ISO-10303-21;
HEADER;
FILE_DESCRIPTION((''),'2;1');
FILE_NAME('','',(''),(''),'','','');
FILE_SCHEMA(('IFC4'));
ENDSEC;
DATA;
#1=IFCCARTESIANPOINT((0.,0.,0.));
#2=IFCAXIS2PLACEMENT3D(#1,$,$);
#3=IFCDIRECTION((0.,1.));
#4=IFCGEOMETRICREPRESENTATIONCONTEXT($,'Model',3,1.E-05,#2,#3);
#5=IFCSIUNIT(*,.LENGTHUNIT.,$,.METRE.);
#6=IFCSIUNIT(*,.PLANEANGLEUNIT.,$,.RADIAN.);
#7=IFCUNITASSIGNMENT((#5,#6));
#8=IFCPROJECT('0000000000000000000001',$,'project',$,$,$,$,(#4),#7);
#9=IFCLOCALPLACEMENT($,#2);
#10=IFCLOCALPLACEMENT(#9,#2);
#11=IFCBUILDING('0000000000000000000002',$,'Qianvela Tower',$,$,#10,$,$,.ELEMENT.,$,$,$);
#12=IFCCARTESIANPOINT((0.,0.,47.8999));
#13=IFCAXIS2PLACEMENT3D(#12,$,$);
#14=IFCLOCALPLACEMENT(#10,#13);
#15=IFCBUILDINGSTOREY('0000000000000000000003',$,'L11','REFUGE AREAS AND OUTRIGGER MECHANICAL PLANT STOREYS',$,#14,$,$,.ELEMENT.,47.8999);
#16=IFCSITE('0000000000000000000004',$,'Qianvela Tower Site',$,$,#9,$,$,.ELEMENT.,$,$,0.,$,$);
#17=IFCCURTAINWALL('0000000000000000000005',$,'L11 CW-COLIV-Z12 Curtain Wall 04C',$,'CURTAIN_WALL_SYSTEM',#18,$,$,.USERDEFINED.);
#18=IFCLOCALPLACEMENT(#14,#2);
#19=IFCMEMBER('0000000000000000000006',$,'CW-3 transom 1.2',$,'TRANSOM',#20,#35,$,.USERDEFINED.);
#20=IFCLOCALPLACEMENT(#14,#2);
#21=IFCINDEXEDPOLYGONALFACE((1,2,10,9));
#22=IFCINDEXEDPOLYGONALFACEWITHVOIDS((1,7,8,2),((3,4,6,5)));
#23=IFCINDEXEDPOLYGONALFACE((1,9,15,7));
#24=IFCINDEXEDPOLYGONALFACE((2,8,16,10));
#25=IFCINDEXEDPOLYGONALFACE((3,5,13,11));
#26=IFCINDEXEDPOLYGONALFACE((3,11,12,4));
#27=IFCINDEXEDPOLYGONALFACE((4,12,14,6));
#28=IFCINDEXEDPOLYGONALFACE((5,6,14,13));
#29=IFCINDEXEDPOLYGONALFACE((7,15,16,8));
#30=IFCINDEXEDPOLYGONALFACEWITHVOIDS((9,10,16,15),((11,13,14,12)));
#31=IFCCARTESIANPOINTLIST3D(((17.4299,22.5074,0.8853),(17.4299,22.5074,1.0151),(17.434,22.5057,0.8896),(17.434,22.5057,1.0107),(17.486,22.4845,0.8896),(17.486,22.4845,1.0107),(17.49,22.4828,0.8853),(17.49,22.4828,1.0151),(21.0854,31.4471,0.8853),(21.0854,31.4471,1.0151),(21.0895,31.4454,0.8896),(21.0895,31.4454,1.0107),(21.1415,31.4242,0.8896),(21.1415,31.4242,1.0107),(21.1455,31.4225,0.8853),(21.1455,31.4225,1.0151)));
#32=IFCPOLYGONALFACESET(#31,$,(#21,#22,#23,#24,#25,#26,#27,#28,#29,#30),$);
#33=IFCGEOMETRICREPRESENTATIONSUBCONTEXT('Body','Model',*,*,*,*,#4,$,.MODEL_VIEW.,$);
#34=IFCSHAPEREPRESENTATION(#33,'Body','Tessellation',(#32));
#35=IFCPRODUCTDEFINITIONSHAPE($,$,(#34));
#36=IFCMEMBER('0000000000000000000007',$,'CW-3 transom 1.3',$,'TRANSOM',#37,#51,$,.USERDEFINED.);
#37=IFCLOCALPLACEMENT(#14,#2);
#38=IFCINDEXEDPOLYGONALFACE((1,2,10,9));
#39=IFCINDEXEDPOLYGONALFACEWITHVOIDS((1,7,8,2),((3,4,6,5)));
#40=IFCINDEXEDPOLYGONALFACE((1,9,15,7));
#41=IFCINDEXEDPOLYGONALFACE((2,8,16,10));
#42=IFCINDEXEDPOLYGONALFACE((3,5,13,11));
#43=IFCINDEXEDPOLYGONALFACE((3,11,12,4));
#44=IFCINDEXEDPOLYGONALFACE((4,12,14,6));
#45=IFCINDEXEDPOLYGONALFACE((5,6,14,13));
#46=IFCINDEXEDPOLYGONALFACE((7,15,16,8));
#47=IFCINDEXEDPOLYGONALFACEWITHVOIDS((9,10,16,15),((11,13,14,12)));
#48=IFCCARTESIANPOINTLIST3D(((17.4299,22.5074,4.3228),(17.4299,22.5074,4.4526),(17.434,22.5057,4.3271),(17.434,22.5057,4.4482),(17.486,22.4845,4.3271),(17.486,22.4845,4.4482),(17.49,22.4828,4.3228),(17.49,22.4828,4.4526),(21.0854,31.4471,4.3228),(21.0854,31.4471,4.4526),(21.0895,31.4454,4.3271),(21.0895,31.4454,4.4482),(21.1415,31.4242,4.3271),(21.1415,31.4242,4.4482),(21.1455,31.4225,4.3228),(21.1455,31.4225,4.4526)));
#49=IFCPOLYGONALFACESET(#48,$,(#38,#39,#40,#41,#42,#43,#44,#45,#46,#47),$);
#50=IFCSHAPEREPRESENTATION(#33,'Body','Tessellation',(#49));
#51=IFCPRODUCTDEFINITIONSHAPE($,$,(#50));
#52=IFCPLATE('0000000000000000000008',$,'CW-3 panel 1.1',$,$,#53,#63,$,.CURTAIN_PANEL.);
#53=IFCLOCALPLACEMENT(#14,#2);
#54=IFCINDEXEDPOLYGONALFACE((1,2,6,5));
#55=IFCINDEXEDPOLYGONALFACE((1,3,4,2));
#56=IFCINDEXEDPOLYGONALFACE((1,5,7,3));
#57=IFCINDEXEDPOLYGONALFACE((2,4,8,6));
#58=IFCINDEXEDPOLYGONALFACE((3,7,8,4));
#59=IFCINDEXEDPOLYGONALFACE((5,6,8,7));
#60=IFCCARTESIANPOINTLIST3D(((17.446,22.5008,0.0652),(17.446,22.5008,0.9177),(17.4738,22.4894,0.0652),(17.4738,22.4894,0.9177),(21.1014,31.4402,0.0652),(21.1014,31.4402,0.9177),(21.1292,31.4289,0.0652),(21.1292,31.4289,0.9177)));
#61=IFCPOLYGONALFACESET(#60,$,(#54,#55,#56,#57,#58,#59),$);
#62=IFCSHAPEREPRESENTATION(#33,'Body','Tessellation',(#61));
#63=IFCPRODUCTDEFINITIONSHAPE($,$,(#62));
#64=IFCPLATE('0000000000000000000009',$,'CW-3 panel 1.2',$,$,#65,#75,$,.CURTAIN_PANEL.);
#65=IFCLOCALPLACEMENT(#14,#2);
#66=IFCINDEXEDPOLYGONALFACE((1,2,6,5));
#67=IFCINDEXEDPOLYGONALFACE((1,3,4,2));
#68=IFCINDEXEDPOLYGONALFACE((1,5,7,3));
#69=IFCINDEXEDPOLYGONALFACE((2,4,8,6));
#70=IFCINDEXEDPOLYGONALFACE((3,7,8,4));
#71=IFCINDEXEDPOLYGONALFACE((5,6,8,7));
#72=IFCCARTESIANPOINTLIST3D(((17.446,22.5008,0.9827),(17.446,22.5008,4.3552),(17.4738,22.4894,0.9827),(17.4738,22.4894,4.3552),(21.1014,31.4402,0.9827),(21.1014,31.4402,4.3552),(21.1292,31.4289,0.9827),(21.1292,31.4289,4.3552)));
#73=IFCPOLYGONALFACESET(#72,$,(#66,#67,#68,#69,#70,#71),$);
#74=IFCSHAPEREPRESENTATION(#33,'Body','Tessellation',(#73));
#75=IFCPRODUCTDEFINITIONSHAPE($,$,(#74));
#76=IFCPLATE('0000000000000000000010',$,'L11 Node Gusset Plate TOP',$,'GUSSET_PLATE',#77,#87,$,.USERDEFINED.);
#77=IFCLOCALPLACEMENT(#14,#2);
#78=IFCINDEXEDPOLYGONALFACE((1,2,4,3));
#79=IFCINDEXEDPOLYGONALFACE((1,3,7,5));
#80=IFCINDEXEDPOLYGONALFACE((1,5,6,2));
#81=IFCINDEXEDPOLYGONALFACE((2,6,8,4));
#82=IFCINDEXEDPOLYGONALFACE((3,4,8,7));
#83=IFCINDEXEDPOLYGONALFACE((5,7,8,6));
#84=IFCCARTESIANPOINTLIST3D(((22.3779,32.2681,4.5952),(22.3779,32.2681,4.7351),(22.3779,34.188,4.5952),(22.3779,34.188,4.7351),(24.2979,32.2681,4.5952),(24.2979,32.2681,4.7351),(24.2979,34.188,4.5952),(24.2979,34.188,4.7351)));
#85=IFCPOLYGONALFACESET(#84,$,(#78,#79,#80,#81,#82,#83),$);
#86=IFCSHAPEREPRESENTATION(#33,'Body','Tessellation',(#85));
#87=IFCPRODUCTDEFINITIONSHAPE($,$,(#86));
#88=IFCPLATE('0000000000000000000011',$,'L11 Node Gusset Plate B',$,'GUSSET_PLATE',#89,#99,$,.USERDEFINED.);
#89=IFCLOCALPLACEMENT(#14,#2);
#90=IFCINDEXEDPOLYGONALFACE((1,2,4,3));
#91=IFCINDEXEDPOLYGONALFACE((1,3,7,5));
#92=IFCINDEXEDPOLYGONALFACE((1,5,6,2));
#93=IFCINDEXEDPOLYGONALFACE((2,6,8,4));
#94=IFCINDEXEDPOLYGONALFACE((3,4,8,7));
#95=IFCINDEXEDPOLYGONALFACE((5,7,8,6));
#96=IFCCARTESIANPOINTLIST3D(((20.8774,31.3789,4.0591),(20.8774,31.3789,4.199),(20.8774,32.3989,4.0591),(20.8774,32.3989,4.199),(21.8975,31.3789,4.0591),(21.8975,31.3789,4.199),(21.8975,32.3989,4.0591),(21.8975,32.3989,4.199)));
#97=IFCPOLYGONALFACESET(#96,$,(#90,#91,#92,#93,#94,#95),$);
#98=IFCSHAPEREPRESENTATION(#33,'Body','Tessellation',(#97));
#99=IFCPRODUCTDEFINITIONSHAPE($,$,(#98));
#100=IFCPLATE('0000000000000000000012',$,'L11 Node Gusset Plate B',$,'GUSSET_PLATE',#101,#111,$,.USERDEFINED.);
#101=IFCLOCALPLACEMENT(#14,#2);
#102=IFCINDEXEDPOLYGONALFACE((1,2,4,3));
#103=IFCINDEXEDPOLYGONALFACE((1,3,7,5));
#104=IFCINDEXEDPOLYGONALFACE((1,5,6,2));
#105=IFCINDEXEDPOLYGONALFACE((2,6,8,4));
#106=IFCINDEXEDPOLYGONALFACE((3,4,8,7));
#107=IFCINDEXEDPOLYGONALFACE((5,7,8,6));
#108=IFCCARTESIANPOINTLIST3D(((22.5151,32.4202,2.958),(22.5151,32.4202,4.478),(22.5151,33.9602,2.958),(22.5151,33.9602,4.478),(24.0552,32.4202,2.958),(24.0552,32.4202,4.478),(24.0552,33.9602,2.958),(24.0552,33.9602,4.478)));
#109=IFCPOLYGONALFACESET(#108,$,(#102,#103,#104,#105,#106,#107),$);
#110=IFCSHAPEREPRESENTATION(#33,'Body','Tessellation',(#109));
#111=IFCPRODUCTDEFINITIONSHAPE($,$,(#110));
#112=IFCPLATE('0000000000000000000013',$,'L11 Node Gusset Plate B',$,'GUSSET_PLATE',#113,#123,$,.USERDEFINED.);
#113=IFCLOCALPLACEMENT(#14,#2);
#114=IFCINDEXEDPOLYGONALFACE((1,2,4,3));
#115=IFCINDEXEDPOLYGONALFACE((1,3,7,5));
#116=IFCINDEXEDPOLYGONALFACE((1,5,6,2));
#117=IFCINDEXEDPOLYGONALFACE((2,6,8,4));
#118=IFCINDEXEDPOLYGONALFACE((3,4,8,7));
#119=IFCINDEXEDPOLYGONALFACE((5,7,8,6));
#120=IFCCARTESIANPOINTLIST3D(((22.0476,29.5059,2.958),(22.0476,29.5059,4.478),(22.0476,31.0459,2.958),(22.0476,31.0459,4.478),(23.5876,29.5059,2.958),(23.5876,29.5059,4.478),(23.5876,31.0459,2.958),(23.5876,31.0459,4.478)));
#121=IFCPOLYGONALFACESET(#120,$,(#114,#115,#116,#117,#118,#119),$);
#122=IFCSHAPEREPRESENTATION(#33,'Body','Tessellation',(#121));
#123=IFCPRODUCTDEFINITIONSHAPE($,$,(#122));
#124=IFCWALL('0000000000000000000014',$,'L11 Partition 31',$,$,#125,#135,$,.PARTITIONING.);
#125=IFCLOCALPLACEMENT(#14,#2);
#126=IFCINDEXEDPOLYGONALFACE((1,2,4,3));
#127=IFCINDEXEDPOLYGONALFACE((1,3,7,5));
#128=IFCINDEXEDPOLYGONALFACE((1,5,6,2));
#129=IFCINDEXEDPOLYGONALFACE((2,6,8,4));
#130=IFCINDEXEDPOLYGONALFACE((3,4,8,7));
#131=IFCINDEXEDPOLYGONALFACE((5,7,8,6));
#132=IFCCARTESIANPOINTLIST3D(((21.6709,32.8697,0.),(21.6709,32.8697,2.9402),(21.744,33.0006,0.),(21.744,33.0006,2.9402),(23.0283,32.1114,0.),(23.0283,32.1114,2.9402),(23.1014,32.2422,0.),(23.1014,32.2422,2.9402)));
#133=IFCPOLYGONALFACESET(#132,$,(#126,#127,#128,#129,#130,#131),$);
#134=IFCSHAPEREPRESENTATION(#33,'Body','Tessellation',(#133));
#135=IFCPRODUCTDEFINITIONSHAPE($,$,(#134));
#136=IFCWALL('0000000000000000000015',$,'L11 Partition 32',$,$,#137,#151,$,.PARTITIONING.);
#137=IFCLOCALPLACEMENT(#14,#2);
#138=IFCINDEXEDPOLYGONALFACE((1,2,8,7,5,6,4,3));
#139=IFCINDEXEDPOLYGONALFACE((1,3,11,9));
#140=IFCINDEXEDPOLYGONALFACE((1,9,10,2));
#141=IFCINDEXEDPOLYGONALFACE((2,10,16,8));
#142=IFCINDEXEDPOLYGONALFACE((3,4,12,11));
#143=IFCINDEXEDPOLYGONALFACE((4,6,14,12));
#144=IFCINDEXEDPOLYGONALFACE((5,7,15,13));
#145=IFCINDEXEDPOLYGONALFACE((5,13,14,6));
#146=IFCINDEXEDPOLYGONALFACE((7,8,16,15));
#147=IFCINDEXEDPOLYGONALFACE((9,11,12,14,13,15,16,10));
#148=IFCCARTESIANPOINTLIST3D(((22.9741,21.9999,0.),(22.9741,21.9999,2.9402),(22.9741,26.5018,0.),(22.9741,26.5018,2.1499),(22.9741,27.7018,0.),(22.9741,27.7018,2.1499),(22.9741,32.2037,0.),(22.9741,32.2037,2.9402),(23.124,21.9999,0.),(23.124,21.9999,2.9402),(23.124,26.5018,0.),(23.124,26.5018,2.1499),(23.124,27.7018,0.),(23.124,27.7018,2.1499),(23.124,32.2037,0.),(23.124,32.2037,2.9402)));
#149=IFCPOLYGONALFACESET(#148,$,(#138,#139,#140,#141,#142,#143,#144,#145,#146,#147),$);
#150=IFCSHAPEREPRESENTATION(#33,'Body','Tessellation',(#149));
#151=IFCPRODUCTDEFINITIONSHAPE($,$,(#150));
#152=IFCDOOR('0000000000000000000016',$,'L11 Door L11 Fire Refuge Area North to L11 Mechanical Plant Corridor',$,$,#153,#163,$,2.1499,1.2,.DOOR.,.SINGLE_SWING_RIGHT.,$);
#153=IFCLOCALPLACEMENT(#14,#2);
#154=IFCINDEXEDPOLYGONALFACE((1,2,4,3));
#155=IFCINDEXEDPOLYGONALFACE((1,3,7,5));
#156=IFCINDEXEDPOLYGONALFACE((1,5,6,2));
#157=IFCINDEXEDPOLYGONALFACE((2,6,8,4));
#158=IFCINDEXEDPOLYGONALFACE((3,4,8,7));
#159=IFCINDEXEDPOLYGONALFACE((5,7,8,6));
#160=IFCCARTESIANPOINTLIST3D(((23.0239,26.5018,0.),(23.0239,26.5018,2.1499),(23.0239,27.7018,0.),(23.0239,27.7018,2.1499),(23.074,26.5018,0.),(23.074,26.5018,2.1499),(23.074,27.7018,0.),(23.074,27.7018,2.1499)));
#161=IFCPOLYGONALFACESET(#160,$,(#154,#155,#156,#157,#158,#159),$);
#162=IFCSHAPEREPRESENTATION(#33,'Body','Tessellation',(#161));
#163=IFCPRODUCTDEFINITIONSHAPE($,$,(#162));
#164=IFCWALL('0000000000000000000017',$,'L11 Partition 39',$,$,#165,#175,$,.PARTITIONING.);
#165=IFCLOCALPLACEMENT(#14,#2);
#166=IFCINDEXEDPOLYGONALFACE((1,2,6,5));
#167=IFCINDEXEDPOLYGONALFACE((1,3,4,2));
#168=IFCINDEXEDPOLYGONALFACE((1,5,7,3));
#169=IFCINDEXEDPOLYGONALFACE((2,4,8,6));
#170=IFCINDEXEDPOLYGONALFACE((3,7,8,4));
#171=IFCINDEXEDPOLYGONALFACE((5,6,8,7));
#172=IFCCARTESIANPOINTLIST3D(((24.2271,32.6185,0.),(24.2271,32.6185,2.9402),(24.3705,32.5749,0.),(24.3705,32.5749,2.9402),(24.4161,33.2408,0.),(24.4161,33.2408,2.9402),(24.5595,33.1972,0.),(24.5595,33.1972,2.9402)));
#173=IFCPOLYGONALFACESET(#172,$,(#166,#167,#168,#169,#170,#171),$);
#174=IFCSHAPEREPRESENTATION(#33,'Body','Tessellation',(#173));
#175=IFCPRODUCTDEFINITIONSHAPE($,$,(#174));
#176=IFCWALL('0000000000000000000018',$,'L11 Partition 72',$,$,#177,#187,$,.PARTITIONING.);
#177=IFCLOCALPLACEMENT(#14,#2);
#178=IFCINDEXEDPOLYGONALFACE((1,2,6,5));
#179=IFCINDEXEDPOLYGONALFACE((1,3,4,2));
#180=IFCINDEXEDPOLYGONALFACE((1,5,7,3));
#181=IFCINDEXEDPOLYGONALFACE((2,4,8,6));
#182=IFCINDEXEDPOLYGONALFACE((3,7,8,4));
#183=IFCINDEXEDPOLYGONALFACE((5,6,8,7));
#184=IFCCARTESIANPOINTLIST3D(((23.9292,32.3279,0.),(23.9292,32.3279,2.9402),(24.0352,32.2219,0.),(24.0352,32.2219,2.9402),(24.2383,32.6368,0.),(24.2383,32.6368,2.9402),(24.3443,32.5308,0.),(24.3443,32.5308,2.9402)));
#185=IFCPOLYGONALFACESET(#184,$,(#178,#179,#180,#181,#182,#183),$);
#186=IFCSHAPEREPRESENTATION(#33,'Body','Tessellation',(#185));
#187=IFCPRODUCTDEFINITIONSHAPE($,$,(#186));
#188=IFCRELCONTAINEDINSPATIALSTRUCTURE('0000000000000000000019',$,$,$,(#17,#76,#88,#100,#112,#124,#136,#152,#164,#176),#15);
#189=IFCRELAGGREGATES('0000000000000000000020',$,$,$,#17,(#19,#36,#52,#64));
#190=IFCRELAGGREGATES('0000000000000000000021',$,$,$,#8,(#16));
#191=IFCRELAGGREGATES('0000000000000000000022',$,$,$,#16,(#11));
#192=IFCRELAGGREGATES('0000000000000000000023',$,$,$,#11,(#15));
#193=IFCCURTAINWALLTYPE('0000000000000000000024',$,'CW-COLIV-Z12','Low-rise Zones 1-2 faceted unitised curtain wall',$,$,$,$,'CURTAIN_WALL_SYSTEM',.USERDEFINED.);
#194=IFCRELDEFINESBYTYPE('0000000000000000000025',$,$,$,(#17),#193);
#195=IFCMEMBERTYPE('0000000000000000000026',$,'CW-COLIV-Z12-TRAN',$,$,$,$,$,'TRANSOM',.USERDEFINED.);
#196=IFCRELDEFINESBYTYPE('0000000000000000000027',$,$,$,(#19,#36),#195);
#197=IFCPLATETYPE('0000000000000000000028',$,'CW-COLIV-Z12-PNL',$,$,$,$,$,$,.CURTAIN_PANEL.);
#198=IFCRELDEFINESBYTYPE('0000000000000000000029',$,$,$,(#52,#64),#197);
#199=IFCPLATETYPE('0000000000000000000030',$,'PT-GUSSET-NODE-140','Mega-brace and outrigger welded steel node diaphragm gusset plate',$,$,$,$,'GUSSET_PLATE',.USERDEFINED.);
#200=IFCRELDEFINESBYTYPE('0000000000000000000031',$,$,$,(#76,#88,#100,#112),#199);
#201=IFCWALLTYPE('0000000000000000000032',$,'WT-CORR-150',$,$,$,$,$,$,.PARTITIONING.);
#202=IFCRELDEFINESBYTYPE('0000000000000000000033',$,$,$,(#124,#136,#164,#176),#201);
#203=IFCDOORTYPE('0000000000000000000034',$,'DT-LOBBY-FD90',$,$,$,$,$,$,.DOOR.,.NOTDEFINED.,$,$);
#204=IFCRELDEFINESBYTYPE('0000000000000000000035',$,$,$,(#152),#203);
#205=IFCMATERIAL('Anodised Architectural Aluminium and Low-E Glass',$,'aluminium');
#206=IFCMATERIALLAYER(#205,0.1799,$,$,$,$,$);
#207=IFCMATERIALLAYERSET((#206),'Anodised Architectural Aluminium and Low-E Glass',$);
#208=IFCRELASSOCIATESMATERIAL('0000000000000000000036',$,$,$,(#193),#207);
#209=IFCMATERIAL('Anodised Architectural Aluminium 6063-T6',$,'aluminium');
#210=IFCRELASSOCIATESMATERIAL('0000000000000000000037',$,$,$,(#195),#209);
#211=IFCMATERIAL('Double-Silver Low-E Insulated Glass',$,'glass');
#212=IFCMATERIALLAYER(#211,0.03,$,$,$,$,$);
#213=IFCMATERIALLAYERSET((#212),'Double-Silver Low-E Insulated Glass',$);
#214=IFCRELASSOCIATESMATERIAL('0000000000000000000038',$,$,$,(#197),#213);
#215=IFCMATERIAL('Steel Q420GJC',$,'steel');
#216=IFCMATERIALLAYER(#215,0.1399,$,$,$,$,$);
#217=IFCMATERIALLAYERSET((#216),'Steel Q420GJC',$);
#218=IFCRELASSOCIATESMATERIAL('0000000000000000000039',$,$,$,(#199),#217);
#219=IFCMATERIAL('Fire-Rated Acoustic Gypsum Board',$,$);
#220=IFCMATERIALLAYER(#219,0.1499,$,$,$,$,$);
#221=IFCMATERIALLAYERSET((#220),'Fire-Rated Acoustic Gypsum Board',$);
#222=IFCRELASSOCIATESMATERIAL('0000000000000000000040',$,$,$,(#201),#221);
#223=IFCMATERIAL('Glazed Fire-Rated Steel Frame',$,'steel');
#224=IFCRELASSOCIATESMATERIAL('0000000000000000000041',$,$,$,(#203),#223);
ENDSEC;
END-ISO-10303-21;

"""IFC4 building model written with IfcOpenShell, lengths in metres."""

from ifc_helpers import new_model, si_unit, direction, frame, frame_2d, origin, origin_2d, place, context, subcontext, project, spatial, rectangle, hollow_rectangle, extrude, material, layer, layer_set, material_profile, profile_set, type_object, element, fill, aggregate, save


model = new_model("IFC4")

# Units and contexts
model_context = context("Model", 3, precision=1e-05, world=origin(), true_north=direction((0.0, 1.0)))
body_context = subcontext(model_context, "Body", "Model", "MODEL_VIEW")
ifc_project = project(units=[si_unit("LENGTHUNIT", "METRE"), si_unit("PLANEANGLEUNIT", "RADIAN")], contexts=[model_context])

# Site, building, storey
site_placement = place(None, origin())
site = spatial("IfcSite", under=ifc_project, at=site_placement, Name="Qianvela Tower Site", CompositionType="ELEMENT", RefElevation=0.0)
building_placement = place(site_placement, origin())
building = spatial("IfcBuilding", under=site, at=building_placement, Name="Qianvela Tower", CompositionType="ELEMENT")
storey_placement = place(building_placement, frame((0.0, 0.0, 47.8999)))
storey = spatial("IfcBuildingStorey", under=building, at=storey_placement, Name="L11", Description="REFUGE AREAS AND OUTRIGGER MECHANICAL PLANT STOREYS", CompositionType="ELEMENT", Elevation=47.8999)

# Curtain wall, members, plates
ifc_material_1 = material(Name="Anodised Architectural Aluminium and Low-E Glass", Category="aluminium")
ifc_layer_1 = layer(ifc_material_1, 0.1799)
ifc_layer_set_1 = layer_set([ifc_layer_1], Name="Anodised Architectural Aluminium and Low-E Glass")
curtain_wall_type_1 = type_object("IfcCurtainWallType", Name="CW-COLIV-Z12", Description="Low-rise Zones 1-2 faceted unitised curtain wall", ElementType="CURTAIN_WALL_SYSTEM", PredefinedType="USERDEFINED", material=ifc_layer_set_1)
curtain_wall_1_placement = place(storey_placement, origin())
curtain_wall_1 = element("IfcCurtainWall", 1, at=curtain_wall_1_placement, inside=storey, type_object=curtain_wall_type_1, Name="L11 CW-COLIV-Z12 Curtain Wall 04C", ObjectType="CURTAIN_WALL_SYSTEM", PredefinedType="USERDEFINED")
ifc_material_2 = material(Name="Anodised Architectural Aluminium 6063-T6", Category="aluminium")
ifc_material_profile_1 = material_profile(ifc_material_2, hollow_rectangle(XDim=0.0649, YDim=0.1299, WallThickness=0.0044, at=origin_2d()), Name="ALU-TRAN-65x130")
ifc_profile_set_1 = profile_set([ifc_material_profile_1], Name="Anodised Architectural Aluminium 6063-T6")
member_type_1 = type_object("IfcMemberType", Name="CW-COLIV-Z12-TRAN", ElementType="TRANSOM", PredefinedType="USERDEFINED", material=ifc_profile_set_1)
member_1_placement = place(storey_placement, frame((21.1155, 31.4348, 0.9502), z_axis=(-0.378488, -0.925606, 0.0), x_axis=(0.925606, -0.378488, 0.0)))
member_1 = element("IfcMember", 2, at=member_1_placement, type_object=member_type_1, Name="CW-3 transom 1.2", ObjectType="TRANSOM", PredefinedType="USERDEFINED", context=body_context, shape_type="SweptSolid", body=[
    extrude(hollow_rectangle(XDim=0.0649, YDim=0.1299, WallThickness=0.0044, at=origin_2d()), origin(), (0.0, 0.0, 1.0), 9.6582),
])
member_2_placement = place(storey_placement, frame((21.1155, 31.4348, 4.3877), z_axis=(-0.378488, -0.925606, 0.0), x_axis=(0.925606, -0.378488, 0.0)))
member_2 = element("IfcMember", 3, at=member_2_placement, type_object=member_type_1, Name="CW-3 transom 1.3", ObjectType="TRANSOM", PredefinedType="USERDEFINED", context=body_context, shape_type="SweptSolid", body=[
    extrude(hollow_rectangle(XDim=0.0649, YDim=0.1299, WallThickness=0.0044, at=origin_2d()), origin(), (0.0, 0.0, 1.0), 9.6582),
])
ifc_material_3 = material(Name="Double-Silver Low-E Insulated Glass", Category="glass")
ifc_layer_2 = layer(ifc_material_3, 0.03)
ifc_layer_set_2 = layer_set([ifc_layer_2], Name="Double-Silver Low-E Insulated Glass")
plate_type_1 = type_object("IfcPlateType", Name="CW-COLIV-Z12-PNL", PredefinedType="CURTAIN_PANEL", material=ifc_layer_set_2)
plate_1_placement = place(storey_placement, frame((19.2876, 26.9648, 0.0652), z_axis=(0.0, 0.0, 1.0), x_axis=(-0.378494, -0.925604, 0.0)))
plate_1 = element("IfcPlate", 4, at=plate_1_placement, type_object=plate_type_1, Name="CW-3 panel 1.1", PredefinedType="CURTAIN_PANEL", context=body_context, shape_type="SweptSolid", body=[
    extrude(rectangle(XDim=9.658, YDim=0.03, at=origin_2d()), origin(), (0.0, 0.0, 1.0), 0.8525),
])
plate_2_placement = place(storey_placement, frame((19.2876, 26.9648, 0.9827), z_axis=(0.0, 0.0, 1.0), x_axis=(-0.378494, -0.925604, 0.0)))
plate_2 = element("IfcPlate", 5, at=plate_2_placement, type_object=plate_type_1, Name="CW-3 panel 1.2", PredefinedType="CURTAIN_PANEL", context=body_context, shape_type="SweptSolid", body=[
    extrude(rectangle(XDim=9.658, YDim=0.03, at=origin_2d()), origin(), (0.0, 0.0, 1.0), 3.3726),
])
aggregate(curtain_wall_1, [member_1, member_2, plate_1, plate_2])

# Plates
ifc_material_4 = material(Name="Steel Q420GJC", Category="steel")
ifc_layer_3 = layer(ifc_material_4, 0.1399)
ifc_layer_set_3 = layer_set([ifc_layer_3], Name="Steel Q420GJC")
plate_type_2 = type_object("IfcPlateType", Name="PT-GUSSET-NODE-140", Description="Mega-brace and outrigger welded steel node diaphragm gusset plate", ElementType="GUSSET_PLATE", PredefinedType="USERDEFINED", material=ifc_layer_set_3)
plate_3_placement = place(storey_placement, frame((23.3379, 33.228, 4.5952), z_axis=(0.0, 0.0, 1.0), x_axis=(1.0, 0.0, 0.0)))
element("IfcPlate", 6, at=plate_3_placement, inside=storey, type_object=plate_type_2, Name="L11 Node Gusset Plate TOP", ObjectType="GUSSET_PLATE", PredefinedType="USERDEFINED", context=body_context, shape_type="SweptSolid", body=[
    extrude(rectangle(XDim=1.9199, YDim=1.9199, at=origin_2d()), origin(), (0.0, 0.0, 1.0), 0.1399),
])
plate_4_placement = place(storey_placement, frame((21.3875, 31.8889, 4.0591), z_axis=(0.0, 0.0, 1.0), x_axis=(1.0, 0.0, 0.0)))
element("IfcPlate", 7, at=plate_4_placement, inside=storey, type_object=plate_type_2, Name="L11 Node Gusset Plate B", ObjectType="GUSSET_PLATE", PredefinedType="USERDEFINED", context=body_context, shape_type="SweptSolid", body=[
    extrude(rectangle(XDim=1.02, YDim=1.02, at=origin_2d()), origin(), (0.0, 0.0, 1.0), 0.1399),
])
for number, where, z_axis, x_axis, name in (
    (8, (23.2852, 33.1902, 2.958), (0.0, 0.0, 1.0), (1.0, 0.0, 0.0), "L11 Node Gusset Plate B"),
    (9, (22.8176, 30.2759, 2.958), (0.0, 0.0, 1.0), (1.0, 0.0, 0.0), "L11 Node Gusset Plate B"),
):
    element("IfcPlate", number, at=place(storey_placement, frame(where, z_axis=z_axis, x_axis=x_axis)), inside=storey, type_object=plate_type_2, Name=name, ObjectType="GUSSET_PLATE", PredefinedType="USERDEFINED", context=body_context, shape_type="SweptSolid", body=[
        extrude(rectangle(XDim=1.54, YDim=1.54, at=origin_2d()), origin(), (0.0, 0.0, 1.0), 1.52),
    ])

# Wall
ifc_material_5 = material(Name="Fire-Rated Acoustic Gypsum Board")
ifc_layer_4 = layer(ifc_material_5, 0.1499)
ifc_layer_set_4 = layer_set([ifc_layer_4], Name="Fire-Rated Acoustic Gypsum Board")
wall_type_1 = type_object("IfcWallType", Name="WT-CORR-150", PredefinedType="PARTITIONING", material=ifc_layer_set_4)
wall_1_placement = place(storey_placement, frame((21.7075, 32.9351, 0.0), z_axis=(0.0, 0.0, 1.0), x_axis=(0.873014, -0.487695, 0.0)))
element("IfcWall", 10, at=wall_1_placement, inside=storey, type_object=wall_type_1, Name="L11 Partition 31", PredefinedType="PARTITIONING", context=body_context, shape_type="SweptSolid", body=[
    extrude(rectangle(XDim=1.5549, YDim=0.1499, at=frame_2d((0.7773, 0.0))), origin(), (0.0, 0.0, 1.0), 2.9402),
])

# Wall, opening, door
wall_2_placement = place(storey_placement, frame((23.0491, 32.2039, 0.0), z_axis=(0.0, 0.0, 1.0), x_axis=(0.0, -1.0, 0.0)))
wall_2 = element("IfcWall", 11, at=wall_2_placement, inside=storey, type_object=wall_type_1, Name="L11 Partition 32", PredefinedType="PARTITIONING", context=body_context, shape_type="SweptSolid", body=[
    extrude(rectangle(XDim=10.2039, YDim=0.1499, at=frame_2d((5.1021, 0.0))), origin(), (0.0, 0.0, 1.0), 2.9402),
])
opening_1_placement = place(wall_2_placement, frame((4.502, 0.0, 0.0)))
opening_1 = element("IfcOpeningElement", 12, at=opening_1_placement, cuts=wall_2, PredefinedType="OPENING", context=body_context, shape_type="SweptSolid", body=[
    extrude(rectangle(XDim=1.2, YDim=2.1499, at=frame_2d((0.6001, 1.075))), frame((0.0, 0.085, 0.0), z_axis=(0.0, -1.0, 0.0), x_axis=(1.0, 0.0, 0.0)), (0.0, 0.0, 1.0), 0.1699),
])
ifc_material_6 = material(Name="Glazed Fire-Rated Steel Frame", Category="steel")
door_type_1 = type_object("IfcDoorType", Name="DT-LOBBY-FD90", OperationType="NOTDEFINED", PredefinedType="DOOR", material=ifc_material_6)
door_1_placement = place(opening_1_placement, origin())
door_1 = element("IfcDoor", 13, at=door_1_placement, inside=storey, type_object=door_type_1, Name="L11 Door L11 Fire Refuge Area North to L11 Mechanical Plant Corridor", OperationType="SINGLE_SWING_RIGHT", OverallHeight=2.1499, OverallWidth=1.2, PredefinedType="DOOR", context=body_context, shape_type="SweptSolid", body=[
    extrude(rectangle(XDim=1.2, YDim=2.1499, at=frame_2d((0.6001, 1.075))), frame((0.0, 0.0249, 0.0), z_axis=(0.0, -1.0, 0.0), x_axis=(1.0, 0.0, 0.0)), (0.0, 0.0, 1.0), 0.05),
])
fill(opening_1, door_1)

# Walls
wall_3_placement = place(storey_placement, frame((24.2988, 32.5967, 0.0), z_axis=(0.0, 0.0, 1.0), x_axis=(0.290549, 0.95686, 0.0)))
element("IfcWall", 14, at=wall_3_placement, inside=storey, type_object=wall_type_1, Name="L11 Partition 39", PredefinedType="PARTITIONING", context=body_context, shape_type="SweptSolid", body=[
    extrude(rectangle(XDim=0.6504, YDim=0.1499, at=frame_2d((0.3252, 0.0))), origin(), (0.0, 0.0, 1.0), 2.9402),
])
wall_4_placement = place(storey_placement, frame((23.9822, 32.2749, 0.0), z_axis=(0.0, 0.0, 1.0), x_axis=(0.707386, 0.706827, 0.0)))
element("IfcWall", 15, at=wall_4_placement, inside=storey, type_object=wall_type_1, Name="L11 Partition 72", PredefinedType="PARTITIONING", context=body_context, shape_type="SweptSolid", body=[
    extrude(rectangle(XDim=0.437, YDim=0.1499, at=frame_2d((0.2185, 0.0))), origin(), (0.0, 0.0, 1.0), 2.9402),
])

save(model, "model.ifc")
